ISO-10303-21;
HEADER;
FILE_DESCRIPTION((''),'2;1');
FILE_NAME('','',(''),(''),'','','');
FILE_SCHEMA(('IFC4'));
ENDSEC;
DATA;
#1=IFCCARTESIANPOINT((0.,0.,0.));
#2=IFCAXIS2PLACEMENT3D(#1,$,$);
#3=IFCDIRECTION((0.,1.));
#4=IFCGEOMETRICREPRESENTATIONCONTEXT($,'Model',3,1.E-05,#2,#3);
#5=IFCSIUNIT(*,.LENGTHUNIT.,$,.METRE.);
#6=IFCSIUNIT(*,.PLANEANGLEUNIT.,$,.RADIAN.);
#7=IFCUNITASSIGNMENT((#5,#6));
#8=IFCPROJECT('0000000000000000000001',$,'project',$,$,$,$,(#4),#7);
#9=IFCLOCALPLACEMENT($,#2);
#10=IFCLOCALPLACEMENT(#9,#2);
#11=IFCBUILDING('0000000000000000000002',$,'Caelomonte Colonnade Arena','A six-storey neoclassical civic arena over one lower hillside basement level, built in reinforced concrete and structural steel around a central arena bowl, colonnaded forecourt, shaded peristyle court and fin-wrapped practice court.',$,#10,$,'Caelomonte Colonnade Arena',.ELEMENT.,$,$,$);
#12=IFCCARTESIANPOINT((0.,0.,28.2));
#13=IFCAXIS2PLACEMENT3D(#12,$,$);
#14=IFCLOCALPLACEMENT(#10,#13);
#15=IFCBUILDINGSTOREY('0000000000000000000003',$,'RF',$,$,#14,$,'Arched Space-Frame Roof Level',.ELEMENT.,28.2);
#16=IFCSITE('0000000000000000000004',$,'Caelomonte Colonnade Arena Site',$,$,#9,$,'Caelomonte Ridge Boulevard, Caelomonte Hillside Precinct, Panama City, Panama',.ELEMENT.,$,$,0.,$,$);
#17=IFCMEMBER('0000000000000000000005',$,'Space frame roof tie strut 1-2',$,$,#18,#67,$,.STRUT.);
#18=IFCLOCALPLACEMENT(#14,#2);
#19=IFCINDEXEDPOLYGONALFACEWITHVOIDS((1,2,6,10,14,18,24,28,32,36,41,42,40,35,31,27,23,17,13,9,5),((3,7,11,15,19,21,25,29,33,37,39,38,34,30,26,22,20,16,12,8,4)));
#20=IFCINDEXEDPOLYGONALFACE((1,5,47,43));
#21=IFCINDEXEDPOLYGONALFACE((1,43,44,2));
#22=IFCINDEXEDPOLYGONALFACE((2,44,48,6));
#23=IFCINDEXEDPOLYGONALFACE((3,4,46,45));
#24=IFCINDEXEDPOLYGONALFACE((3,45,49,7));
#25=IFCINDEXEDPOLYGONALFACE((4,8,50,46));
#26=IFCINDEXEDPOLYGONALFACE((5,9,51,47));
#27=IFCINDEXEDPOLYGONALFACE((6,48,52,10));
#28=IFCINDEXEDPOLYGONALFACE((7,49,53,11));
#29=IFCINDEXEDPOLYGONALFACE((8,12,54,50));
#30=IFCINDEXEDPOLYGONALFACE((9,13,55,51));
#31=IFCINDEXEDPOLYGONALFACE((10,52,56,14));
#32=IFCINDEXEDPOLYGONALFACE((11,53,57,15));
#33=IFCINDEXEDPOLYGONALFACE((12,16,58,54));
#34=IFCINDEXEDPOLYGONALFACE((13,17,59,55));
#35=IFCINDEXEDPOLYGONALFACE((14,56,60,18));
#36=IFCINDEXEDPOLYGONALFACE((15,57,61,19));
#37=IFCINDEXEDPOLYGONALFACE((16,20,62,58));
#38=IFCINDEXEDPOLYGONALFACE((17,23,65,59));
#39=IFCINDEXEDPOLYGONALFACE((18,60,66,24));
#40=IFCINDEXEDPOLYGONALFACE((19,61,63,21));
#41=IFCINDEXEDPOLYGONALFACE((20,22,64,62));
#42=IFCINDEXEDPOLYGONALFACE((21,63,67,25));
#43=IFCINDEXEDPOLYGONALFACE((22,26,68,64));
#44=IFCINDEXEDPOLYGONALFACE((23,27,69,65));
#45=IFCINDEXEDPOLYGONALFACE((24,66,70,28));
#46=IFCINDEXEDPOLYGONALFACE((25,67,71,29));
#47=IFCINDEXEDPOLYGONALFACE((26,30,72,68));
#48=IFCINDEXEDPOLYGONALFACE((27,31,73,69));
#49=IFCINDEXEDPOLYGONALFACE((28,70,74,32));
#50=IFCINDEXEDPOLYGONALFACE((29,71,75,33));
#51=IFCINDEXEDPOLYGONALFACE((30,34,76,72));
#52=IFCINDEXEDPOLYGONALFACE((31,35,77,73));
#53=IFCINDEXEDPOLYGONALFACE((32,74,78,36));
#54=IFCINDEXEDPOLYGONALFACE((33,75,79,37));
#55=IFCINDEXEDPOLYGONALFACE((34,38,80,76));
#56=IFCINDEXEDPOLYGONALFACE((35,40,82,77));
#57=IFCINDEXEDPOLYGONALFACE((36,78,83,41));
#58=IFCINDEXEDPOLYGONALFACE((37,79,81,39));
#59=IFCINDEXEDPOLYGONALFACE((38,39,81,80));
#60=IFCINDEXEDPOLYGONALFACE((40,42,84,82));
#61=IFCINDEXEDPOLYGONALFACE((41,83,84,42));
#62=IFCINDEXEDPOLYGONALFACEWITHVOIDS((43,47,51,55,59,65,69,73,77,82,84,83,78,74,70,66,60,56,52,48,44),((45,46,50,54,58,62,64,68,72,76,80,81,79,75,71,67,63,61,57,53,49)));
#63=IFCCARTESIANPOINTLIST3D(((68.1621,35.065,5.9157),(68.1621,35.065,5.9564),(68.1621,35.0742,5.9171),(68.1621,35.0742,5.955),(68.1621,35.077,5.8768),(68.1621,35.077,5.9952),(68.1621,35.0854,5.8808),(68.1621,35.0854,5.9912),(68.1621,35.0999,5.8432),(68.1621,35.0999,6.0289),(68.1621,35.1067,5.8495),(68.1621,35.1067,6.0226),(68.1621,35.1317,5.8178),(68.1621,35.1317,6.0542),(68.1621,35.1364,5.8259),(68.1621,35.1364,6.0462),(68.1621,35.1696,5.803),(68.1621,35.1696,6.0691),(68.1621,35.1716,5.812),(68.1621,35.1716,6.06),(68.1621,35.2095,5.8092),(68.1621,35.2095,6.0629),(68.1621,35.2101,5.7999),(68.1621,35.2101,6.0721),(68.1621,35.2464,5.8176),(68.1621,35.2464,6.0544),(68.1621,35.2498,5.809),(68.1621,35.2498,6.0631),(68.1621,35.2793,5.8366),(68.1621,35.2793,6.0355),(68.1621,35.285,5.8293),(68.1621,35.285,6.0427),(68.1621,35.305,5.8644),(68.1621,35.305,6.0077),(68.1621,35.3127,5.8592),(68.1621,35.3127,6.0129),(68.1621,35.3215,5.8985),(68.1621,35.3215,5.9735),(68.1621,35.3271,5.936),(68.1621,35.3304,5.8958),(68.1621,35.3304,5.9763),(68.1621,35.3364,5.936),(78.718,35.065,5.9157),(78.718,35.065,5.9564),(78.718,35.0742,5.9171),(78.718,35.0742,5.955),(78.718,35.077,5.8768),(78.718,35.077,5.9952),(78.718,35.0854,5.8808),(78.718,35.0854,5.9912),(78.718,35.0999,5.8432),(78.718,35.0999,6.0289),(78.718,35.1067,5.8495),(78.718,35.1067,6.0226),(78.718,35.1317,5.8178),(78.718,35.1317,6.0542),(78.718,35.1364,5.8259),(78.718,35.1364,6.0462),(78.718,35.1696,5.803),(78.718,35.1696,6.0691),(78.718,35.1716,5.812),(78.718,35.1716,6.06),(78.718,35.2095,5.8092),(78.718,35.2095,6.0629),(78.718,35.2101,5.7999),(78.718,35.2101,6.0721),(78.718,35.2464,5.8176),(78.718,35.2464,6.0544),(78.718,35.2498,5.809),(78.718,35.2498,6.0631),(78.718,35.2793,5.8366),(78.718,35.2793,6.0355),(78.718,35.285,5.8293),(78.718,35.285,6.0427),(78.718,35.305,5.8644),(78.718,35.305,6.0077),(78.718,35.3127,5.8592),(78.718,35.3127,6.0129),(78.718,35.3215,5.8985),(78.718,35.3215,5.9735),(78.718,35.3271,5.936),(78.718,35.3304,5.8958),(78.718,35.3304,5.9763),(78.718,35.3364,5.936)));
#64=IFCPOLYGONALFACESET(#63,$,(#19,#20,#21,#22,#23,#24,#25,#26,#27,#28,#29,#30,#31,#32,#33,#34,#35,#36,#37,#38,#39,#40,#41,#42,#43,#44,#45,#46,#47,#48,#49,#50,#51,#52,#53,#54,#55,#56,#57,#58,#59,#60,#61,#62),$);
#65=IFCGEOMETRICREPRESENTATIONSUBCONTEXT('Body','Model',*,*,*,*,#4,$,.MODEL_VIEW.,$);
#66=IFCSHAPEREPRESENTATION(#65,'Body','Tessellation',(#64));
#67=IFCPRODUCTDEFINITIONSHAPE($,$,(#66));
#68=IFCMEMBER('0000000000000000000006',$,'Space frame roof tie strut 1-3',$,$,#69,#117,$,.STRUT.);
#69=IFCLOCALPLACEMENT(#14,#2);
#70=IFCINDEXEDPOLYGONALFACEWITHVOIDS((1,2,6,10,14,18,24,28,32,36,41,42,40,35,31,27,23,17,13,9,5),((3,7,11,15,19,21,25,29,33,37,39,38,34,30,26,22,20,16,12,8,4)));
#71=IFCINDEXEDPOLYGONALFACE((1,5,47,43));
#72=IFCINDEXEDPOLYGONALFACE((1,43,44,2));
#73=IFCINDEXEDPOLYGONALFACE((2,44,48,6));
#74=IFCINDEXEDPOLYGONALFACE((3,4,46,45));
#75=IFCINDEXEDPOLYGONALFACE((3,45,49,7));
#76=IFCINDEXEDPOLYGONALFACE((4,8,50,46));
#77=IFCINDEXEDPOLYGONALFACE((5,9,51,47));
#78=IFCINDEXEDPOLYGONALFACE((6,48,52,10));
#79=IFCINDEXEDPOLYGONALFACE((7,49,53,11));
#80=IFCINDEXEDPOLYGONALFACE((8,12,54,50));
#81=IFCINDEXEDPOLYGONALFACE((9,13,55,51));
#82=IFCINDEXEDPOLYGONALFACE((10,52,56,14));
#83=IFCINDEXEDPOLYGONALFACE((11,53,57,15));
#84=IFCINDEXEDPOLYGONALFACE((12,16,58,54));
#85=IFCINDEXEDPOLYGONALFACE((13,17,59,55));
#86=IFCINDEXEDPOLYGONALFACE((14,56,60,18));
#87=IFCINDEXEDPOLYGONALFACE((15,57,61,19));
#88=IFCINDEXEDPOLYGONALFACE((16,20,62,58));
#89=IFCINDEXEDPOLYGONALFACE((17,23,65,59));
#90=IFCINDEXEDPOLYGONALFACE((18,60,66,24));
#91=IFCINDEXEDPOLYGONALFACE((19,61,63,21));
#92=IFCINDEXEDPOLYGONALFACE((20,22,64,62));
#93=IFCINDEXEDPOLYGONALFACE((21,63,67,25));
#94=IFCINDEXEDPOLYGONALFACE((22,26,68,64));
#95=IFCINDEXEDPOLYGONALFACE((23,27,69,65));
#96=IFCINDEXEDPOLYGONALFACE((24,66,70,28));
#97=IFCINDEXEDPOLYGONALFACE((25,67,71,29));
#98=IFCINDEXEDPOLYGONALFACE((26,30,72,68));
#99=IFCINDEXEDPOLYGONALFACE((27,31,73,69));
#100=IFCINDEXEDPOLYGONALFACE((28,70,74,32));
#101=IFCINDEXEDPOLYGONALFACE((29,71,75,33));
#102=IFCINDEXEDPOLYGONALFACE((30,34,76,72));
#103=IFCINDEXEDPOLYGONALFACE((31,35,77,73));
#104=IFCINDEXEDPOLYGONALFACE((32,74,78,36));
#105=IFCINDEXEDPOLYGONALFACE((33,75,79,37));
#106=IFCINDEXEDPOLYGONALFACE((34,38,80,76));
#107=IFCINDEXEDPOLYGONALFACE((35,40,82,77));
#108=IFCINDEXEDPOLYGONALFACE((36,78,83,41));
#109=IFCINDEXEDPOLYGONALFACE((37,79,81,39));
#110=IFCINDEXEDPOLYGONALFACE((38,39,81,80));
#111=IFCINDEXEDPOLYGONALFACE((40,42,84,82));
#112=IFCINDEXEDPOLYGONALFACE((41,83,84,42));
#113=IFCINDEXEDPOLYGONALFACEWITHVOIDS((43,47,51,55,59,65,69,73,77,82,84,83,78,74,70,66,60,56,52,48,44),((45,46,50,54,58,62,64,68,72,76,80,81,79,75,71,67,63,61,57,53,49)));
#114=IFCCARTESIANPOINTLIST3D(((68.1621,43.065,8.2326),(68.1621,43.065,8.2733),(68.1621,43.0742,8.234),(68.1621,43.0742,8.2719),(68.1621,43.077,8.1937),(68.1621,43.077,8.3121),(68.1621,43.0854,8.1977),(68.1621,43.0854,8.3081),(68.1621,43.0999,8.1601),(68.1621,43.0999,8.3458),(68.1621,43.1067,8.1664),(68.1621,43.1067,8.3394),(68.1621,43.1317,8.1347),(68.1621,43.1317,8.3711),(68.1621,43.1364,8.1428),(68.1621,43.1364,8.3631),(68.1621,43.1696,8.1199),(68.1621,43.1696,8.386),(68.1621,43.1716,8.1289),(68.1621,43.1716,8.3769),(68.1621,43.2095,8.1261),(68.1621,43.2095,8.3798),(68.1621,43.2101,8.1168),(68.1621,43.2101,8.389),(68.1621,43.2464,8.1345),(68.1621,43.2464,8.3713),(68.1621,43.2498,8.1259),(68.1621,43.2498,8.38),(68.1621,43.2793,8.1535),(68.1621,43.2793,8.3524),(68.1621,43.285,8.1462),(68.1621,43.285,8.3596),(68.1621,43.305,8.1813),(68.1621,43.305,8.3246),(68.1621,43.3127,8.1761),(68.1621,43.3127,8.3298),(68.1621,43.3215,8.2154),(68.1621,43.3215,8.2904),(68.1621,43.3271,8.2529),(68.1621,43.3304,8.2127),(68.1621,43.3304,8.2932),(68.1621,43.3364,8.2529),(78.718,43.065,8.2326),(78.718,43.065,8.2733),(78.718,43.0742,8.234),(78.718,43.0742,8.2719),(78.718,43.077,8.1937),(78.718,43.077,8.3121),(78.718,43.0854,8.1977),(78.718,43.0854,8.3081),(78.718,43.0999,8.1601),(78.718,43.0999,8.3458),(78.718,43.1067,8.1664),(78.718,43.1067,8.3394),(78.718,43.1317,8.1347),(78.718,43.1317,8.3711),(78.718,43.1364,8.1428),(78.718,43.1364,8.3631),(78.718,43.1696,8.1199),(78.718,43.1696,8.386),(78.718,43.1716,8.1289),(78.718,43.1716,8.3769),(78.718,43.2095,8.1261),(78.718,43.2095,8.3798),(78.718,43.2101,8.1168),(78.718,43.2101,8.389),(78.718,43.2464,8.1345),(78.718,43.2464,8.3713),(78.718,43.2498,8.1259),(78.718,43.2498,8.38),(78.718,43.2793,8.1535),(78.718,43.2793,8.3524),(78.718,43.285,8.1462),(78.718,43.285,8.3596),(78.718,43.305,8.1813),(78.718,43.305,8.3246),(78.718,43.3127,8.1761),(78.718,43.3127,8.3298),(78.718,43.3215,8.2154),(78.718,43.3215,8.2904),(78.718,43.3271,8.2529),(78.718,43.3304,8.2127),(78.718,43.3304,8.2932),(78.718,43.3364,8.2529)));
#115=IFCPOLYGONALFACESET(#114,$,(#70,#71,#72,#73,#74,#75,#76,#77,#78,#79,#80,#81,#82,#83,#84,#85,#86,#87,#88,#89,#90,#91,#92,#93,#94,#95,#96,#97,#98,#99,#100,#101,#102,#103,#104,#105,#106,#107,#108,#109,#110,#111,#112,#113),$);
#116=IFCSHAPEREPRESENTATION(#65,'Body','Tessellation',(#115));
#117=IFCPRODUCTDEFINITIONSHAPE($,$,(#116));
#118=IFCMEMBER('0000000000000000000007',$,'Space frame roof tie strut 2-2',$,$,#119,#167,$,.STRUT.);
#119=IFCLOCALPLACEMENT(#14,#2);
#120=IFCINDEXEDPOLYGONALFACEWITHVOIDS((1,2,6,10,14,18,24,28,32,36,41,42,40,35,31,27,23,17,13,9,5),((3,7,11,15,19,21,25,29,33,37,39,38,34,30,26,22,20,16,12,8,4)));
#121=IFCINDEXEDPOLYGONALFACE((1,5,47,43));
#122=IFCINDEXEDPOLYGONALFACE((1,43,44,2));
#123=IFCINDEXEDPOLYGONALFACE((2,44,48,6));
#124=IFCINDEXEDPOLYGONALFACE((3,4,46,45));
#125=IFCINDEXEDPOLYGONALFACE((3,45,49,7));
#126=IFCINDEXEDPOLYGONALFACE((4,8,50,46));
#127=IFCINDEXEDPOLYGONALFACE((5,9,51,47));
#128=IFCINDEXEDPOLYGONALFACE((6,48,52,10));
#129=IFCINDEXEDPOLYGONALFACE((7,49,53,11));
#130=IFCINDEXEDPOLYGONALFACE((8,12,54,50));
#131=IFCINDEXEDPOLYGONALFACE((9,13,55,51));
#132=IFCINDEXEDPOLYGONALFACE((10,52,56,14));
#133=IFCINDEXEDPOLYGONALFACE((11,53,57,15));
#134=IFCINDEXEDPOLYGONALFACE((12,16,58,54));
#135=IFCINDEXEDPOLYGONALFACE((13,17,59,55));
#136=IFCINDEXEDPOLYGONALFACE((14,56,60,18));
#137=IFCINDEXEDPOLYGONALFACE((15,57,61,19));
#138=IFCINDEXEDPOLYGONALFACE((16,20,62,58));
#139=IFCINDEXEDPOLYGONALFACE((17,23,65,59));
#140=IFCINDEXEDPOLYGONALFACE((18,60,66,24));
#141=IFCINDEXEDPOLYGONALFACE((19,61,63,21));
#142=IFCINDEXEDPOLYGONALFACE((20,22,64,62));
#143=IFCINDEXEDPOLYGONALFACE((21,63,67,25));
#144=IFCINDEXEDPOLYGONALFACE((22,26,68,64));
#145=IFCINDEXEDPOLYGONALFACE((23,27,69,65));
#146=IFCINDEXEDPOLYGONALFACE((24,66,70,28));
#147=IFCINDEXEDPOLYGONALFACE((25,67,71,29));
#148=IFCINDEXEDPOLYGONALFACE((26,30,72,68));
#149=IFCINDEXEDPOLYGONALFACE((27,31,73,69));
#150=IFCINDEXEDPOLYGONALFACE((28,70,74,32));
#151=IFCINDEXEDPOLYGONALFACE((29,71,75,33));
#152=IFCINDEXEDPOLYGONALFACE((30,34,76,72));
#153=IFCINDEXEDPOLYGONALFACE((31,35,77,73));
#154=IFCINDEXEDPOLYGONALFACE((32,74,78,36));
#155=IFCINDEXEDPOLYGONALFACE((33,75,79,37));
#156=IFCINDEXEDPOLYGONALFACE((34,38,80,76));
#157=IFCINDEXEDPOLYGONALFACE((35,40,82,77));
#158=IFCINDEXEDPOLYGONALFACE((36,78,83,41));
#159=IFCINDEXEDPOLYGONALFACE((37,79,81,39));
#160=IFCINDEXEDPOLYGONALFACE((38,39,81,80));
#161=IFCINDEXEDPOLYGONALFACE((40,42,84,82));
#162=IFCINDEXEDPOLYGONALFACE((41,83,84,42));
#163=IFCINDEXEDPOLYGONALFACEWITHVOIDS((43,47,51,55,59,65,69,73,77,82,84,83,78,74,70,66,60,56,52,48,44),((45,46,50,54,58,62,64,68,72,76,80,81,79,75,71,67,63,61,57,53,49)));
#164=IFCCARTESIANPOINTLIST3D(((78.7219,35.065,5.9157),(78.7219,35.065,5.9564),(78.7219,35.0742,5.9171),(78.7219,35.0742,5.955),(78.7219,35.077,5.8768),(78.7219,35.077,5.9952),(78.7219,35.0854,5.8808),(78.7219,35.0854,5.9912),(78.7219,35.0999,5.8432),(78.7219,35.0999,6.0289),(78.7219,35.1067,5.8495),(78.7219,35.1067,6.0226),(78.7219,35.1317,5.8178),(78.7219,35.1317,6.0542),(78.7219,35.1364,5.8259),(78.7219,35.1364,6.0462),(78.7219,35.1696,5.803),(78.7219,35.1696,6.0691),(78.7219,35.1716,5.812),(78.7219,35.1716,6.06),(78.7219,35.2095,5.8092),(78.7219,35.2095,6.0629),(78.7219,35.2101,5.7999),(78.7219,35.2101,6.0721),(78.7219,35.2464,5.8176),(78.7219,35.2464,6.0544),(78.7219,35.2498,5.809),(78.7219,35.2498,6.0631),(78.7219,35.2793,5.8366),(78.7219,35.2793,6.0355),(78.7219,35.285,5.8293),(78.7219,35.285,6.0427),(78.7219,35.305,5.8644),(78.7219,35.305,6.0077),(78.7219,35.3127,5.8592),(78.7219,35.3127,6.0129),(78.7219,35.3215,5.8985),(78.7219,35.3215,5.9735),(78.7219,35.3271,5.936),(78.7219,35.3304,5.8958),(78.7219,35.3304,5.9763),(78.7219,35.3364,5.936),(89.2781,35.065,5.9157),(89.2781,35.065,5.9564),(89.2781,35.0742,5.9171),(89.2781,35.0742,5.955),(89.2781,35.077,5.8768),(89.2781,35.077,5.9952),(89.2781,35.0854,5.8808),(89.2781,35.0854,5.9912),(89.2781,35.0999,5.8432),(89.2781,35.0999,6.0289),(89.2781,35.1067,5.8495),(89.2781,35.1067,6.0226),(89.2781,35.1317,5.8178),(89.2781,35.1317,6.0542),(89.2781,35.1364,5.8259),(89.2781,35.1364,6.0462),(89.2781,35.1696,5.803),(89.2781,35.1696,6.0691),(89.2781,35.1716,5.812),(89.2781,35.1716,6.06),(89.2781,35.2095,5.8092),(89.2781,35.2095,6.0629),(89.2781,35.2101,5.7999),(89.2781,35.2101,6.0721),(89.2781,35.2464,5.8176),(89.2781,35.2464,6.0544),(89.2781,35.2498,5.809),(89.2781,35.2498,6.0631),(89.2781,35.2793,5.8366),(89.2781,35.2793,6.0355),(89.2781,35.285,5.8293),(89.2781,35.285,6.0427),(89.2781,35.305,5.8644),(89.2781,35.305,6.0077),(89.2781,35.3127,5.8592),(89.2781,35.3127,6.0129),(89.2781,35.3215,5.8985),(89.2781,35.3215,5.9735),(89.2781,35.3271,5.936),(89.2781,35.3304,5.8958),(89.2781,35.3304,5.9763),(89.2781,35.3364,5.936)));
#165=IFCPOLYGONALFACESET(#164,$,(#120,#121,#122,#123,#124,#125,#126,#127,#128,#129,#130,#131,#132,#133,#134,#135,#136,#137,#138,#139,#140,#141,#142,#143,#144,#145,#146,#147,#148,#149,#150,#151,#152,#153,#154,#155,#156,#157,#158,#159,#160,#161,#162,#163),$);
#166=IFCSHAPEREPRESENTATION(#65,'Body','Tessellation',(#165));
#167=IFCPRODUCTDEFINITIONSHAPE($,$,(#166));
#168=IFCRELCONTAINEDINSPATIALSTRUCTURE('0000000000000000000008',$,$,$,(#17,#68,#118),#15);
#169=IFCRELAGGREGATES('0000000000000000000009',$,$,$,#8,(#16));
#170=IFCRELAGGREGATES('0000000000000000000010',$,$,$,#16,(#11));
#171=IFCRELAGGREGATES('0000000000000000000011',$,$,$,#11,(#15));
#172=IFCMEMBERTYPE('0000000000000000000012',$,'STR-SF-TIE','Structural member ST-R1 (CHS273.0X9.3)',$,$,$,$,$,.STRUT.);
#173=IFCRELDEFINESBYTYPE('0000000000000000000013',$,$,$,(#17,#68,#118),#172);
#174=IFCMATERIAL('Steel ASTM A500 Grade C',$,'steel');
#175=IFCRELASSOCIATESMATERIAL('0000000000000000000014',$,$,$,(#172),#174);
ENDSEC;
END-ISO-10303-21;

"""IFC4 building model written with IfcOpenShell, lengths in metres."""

from ifc_helpers import new_model, si_unit, direction, frame, origin, origin_2d, place, context, subcontext, project, spatial, hollow_circle, extrude, material, material_profile, profile_set, type_object, element, save


model = new_model("IFC4")

# Units and contexts
model_context = context("Model", 3, precision=1e-05, world=origin(), true_north=direction((0.0, 1.0)))
body_context = subcontext(model_context, "Body", "Model", "MODEL_VIEW")
ifc_project = project(units=[si_unit("LENGTHUNIT", "METRE"), si_unit("PLANEANGLEUNIT", "RADIAN")], contexts=[model_context])

# Site, building, storey
site_placement = place(None, origin())
site = spatial("IfcSite", under=ifc_project, at=site_placement, Name="Caelomonte Colonnade Arena Site", LongName="Caelomonte Ridge Boulevard, Caelomonte Hillside Precinct, Panama City, Panama", CompositionType="ELEMENT", RefElevation=0.0)
building_placement = place(site_placement, origin())
building = spatial("IfcBuilding", under=site, at=building_placement, Name="Caelomonte Colonnade Arena", Description="A six-storey neoclassical civic arena over one lower hillside basement level, built in reinforced concrete and structural steel around a central arena bowl, colonnaded forecourt, shaded peristyle court and fin-wrapped practice court.", LongName="Caelomonte Colonnade Arena", CompositionType="ELEMENT")
storey_placement = place(building_placement, frame((0.0, 0.0, 28.2)))
storey = spatial("IfcBuildingStorey", under=building, at=storey_placement, Name="RF", LongName="Arched Space-Frame Roof Level", CompositionType="ELEMENT", Elevation=28.2)

# Members
ifc_material_1 = material(Name="Steel ASTM A500 Grade C", Category="steel")
ifc_material_profile_1 = material_profile(ifc_material_1, hollow_circle(Radius=0.1365, WallThickness=0.0093, at=origin_2d()), Name="CHS273.0X9.3")
ifc_profile_set_1 = profile_set([ifc_material_profile_1], Name="Steel ASTM A500 Grade C")
member_type_1 = type_object("IfcMemberType", Name="STR-SF-TIE", Description="Structural member ST-R1 (CHS273.0X9.3)", PredefinedType="STRUT", material=ifc_profile_set_1)
for number, where, z_axis, x_axis, name in (
    (1, (68.1621, 35.2, 5.936), (1.0, 0.0, 0.0), (0.0, 1.0, 0.0), "Space frame roof tie strut 1-2"),
    (2, (68.1621, 43.2, 8.2529), (1.0, 0.0, 0.0), (0.0, 1.0, 0.0), "Space frame roof tie strut 1-3"),
):
    element("IfcMember", number, at=place(storey_placement, frame(where, z_axis=z_axis, x_axis=x_axis)), inside=storey, type_object=member_type_1, Name=name, PredefinedType="STRUT", context=body_context, shape_type="SweptSolid", body=[
        extrude(hollow_circle(Radius=0.1365, WallThickness=0.0093, at=origin_2d()), origin(), (0.0, 0.0, 1.0), 10.5559),
    ])
for number, where, z_axis, x_axis, name in (
    (3, (78.7219, 35.2, 5.936), (1.0, 0.0, 0.0), (0.0, 1.0, 0.0), "Space frame roof tie strut 2-2"),
):
    element("IfcMember", number, at=place(storey_placement, frame(where, z_axis=z_axis, x_axis=x_axis)), inside=storey, type_object=member_type_1, Name=name, PredefinedType="STRUT", context=body_context, shape_type="SweptSolid", body=[
        extrude(hollow_circle(Radius=0.1365, WallThickness=0.0093, at=origin_2d()), origin(), (0.0, 0.0, 1.0), 10.5562),
    ])

save(model, "model.ifc")
